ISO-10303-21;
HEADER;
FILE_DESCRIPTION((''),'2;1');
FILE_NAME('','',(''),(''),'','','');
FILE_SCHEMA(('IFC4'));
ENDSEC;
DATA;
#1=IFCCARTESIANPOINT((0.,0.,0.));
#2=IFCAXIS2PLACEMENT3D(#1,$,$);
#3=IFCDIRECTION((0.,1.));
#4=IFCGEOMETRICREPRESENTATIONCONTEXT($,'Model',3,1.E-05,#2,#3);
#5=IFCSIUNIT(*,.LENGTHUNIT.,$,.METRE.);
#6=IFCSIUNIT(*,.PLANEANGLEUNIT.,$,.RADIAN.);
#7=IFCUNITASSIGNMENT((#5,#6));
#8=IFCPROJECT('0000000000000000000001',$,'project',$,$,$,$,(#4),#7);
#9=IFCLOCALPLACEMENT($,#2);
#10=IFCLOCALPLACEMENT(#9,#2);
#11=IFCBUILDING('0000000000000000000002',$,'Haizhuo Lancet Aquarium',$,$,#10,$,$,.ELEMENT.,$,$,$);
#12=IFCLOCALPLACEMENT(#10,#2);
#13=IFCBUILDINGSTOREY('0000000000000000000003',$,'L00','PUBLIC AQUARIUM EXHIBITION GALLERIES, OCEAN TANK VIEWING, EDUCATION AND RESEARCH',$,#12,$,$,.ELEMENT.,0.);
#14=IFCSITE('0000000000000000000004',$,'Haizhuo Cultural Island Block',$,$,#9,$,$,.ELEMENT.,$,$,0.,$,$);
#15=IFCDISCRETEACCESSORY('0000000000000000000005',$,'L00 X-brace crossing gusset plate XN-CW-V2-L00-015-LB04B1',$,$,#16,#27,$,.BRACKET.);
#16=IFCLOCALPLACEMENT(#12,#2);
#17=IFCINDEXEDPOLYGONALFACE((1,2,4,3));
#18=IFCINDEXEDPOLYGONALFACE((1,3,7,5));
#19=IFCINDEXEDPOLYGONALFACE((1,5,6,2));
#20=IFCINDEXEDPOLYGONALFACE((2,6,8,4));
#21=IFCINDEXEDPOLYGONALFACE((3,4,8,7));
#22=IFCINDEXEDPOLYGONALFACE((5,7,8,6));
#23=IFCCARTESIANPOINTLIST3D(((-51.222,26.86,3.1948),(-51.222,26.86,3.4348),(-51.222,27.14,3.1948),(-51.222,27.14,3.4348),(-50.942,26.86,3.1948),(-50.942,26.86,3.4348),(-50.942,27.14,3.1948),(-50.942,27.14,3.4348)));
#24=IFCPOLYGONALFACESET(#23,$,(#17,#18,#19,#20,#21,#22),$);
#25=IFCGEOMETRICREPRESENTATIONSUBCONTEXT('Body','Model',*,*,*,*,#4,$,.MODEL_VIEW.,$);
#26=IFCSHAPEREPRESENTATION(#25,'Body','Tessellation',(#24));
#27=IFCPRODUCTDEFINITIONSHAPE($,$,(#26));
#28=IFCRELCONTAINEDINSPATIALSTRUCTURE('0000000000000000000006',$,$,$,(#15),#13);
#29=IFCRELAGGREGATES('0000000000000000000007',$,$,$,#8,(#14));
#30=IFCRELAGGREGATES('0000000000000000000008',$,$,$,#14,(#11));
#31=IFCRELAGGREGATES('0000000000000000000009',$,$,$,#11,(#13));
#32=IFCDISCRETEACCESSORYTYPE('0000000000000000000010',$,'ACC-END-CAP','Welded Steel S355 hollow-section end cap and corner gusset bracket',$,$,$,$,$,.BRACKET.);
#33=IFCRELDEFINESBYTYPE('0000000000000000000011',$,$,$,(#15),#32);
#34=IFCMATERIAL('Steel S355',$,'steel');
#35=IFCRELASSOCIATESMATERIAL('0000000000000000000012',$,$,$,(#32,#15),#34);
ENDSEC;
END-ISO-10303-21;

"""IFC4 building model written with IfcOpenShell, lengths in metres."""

from ifc_helpers import new_model, si_unit, direction, frame, origin, origin_2d, place, context, subcontext, project, spatial, rectangle, extrude, material, type_object, element, save


model = new_model("IFC4")

# Units and contexts
model_context = context("Model", 3, precision=1e-05, world=origin(), true_north=direction((0.0, 1.0)))
body_context = subcontext(model_context, "Body", "Model", "MODEL_VIEW")
ifc_project = project(units=[si_unit("LENGTHUNIT", "METRE"), si_unit("PLANEANGLEUNIT", "RADIAN")], contexts=[model_context])

# Site, building, storey
site_placement = place(None, origin())
site = spatial("IfcSite", under=ifc_project, at=site_placement, Name="Haizhuo Cultural Island Block", CompositionType="ELEMENT", RefElevation=0.0)
building_placement = place(site_placement, origin())
building = spatial("IfcBuilding", under=site, at=building_placement, Name="Haizhuo Lancet Aquarium", CompositionType="ELEMENT")
storey_placement = place(building_placement, origin())
storey = spatial("IfcBuildingStorey", under=building, at=storey_placement, Name="L00", Description="PUBLIC AQUARIUM EXHIBITION GALLERIES, OCEAN TANK VIEWING, EDUCATION AND RESEARCH", CompositionType="ELEMENT", Elevation=0.0)

# Shared definitions
ifc_material_1 = material(Name="Steel S355", Category="steel")

# Discrete accessory
discrete_accessory_type = type_object("IfcDiscreteAccessoryType", Name="ACC-END-CAP", Description="Welded Steel S355 hollow-section end cap and corner gusset bracket", PredefinedType="BRACKET", material=ifc_material_1)
for number, where, z_axis, x_axis, name in (
    (1, (-51.082, 27.0, 3.1948), (0.0, 0.0, 1.0), (1.0, 0.0, 0.0), "L00 X-brace crossing gusset plate XN-CW-V2-L00-015-LB04B1"),
):
    element("IfcDiscreteAccessory", number, at=place(storey_placement, frame(where, z_axis=z_axis, x_axis=x_axis)), inside=storey, type_object=discrete_accessory_type, material=ifc_material_1, Name=name, PredefinedType="BRACKET", context=body_context, shape_type="SweptSolid", body=[
        extrude(rectangle(XDim=0.28, YDim=0.28, at=origin_2d()), origin(), (0.0, 0.0, 1.0), 0.24),
    ])

save(model, "model.ifc")
